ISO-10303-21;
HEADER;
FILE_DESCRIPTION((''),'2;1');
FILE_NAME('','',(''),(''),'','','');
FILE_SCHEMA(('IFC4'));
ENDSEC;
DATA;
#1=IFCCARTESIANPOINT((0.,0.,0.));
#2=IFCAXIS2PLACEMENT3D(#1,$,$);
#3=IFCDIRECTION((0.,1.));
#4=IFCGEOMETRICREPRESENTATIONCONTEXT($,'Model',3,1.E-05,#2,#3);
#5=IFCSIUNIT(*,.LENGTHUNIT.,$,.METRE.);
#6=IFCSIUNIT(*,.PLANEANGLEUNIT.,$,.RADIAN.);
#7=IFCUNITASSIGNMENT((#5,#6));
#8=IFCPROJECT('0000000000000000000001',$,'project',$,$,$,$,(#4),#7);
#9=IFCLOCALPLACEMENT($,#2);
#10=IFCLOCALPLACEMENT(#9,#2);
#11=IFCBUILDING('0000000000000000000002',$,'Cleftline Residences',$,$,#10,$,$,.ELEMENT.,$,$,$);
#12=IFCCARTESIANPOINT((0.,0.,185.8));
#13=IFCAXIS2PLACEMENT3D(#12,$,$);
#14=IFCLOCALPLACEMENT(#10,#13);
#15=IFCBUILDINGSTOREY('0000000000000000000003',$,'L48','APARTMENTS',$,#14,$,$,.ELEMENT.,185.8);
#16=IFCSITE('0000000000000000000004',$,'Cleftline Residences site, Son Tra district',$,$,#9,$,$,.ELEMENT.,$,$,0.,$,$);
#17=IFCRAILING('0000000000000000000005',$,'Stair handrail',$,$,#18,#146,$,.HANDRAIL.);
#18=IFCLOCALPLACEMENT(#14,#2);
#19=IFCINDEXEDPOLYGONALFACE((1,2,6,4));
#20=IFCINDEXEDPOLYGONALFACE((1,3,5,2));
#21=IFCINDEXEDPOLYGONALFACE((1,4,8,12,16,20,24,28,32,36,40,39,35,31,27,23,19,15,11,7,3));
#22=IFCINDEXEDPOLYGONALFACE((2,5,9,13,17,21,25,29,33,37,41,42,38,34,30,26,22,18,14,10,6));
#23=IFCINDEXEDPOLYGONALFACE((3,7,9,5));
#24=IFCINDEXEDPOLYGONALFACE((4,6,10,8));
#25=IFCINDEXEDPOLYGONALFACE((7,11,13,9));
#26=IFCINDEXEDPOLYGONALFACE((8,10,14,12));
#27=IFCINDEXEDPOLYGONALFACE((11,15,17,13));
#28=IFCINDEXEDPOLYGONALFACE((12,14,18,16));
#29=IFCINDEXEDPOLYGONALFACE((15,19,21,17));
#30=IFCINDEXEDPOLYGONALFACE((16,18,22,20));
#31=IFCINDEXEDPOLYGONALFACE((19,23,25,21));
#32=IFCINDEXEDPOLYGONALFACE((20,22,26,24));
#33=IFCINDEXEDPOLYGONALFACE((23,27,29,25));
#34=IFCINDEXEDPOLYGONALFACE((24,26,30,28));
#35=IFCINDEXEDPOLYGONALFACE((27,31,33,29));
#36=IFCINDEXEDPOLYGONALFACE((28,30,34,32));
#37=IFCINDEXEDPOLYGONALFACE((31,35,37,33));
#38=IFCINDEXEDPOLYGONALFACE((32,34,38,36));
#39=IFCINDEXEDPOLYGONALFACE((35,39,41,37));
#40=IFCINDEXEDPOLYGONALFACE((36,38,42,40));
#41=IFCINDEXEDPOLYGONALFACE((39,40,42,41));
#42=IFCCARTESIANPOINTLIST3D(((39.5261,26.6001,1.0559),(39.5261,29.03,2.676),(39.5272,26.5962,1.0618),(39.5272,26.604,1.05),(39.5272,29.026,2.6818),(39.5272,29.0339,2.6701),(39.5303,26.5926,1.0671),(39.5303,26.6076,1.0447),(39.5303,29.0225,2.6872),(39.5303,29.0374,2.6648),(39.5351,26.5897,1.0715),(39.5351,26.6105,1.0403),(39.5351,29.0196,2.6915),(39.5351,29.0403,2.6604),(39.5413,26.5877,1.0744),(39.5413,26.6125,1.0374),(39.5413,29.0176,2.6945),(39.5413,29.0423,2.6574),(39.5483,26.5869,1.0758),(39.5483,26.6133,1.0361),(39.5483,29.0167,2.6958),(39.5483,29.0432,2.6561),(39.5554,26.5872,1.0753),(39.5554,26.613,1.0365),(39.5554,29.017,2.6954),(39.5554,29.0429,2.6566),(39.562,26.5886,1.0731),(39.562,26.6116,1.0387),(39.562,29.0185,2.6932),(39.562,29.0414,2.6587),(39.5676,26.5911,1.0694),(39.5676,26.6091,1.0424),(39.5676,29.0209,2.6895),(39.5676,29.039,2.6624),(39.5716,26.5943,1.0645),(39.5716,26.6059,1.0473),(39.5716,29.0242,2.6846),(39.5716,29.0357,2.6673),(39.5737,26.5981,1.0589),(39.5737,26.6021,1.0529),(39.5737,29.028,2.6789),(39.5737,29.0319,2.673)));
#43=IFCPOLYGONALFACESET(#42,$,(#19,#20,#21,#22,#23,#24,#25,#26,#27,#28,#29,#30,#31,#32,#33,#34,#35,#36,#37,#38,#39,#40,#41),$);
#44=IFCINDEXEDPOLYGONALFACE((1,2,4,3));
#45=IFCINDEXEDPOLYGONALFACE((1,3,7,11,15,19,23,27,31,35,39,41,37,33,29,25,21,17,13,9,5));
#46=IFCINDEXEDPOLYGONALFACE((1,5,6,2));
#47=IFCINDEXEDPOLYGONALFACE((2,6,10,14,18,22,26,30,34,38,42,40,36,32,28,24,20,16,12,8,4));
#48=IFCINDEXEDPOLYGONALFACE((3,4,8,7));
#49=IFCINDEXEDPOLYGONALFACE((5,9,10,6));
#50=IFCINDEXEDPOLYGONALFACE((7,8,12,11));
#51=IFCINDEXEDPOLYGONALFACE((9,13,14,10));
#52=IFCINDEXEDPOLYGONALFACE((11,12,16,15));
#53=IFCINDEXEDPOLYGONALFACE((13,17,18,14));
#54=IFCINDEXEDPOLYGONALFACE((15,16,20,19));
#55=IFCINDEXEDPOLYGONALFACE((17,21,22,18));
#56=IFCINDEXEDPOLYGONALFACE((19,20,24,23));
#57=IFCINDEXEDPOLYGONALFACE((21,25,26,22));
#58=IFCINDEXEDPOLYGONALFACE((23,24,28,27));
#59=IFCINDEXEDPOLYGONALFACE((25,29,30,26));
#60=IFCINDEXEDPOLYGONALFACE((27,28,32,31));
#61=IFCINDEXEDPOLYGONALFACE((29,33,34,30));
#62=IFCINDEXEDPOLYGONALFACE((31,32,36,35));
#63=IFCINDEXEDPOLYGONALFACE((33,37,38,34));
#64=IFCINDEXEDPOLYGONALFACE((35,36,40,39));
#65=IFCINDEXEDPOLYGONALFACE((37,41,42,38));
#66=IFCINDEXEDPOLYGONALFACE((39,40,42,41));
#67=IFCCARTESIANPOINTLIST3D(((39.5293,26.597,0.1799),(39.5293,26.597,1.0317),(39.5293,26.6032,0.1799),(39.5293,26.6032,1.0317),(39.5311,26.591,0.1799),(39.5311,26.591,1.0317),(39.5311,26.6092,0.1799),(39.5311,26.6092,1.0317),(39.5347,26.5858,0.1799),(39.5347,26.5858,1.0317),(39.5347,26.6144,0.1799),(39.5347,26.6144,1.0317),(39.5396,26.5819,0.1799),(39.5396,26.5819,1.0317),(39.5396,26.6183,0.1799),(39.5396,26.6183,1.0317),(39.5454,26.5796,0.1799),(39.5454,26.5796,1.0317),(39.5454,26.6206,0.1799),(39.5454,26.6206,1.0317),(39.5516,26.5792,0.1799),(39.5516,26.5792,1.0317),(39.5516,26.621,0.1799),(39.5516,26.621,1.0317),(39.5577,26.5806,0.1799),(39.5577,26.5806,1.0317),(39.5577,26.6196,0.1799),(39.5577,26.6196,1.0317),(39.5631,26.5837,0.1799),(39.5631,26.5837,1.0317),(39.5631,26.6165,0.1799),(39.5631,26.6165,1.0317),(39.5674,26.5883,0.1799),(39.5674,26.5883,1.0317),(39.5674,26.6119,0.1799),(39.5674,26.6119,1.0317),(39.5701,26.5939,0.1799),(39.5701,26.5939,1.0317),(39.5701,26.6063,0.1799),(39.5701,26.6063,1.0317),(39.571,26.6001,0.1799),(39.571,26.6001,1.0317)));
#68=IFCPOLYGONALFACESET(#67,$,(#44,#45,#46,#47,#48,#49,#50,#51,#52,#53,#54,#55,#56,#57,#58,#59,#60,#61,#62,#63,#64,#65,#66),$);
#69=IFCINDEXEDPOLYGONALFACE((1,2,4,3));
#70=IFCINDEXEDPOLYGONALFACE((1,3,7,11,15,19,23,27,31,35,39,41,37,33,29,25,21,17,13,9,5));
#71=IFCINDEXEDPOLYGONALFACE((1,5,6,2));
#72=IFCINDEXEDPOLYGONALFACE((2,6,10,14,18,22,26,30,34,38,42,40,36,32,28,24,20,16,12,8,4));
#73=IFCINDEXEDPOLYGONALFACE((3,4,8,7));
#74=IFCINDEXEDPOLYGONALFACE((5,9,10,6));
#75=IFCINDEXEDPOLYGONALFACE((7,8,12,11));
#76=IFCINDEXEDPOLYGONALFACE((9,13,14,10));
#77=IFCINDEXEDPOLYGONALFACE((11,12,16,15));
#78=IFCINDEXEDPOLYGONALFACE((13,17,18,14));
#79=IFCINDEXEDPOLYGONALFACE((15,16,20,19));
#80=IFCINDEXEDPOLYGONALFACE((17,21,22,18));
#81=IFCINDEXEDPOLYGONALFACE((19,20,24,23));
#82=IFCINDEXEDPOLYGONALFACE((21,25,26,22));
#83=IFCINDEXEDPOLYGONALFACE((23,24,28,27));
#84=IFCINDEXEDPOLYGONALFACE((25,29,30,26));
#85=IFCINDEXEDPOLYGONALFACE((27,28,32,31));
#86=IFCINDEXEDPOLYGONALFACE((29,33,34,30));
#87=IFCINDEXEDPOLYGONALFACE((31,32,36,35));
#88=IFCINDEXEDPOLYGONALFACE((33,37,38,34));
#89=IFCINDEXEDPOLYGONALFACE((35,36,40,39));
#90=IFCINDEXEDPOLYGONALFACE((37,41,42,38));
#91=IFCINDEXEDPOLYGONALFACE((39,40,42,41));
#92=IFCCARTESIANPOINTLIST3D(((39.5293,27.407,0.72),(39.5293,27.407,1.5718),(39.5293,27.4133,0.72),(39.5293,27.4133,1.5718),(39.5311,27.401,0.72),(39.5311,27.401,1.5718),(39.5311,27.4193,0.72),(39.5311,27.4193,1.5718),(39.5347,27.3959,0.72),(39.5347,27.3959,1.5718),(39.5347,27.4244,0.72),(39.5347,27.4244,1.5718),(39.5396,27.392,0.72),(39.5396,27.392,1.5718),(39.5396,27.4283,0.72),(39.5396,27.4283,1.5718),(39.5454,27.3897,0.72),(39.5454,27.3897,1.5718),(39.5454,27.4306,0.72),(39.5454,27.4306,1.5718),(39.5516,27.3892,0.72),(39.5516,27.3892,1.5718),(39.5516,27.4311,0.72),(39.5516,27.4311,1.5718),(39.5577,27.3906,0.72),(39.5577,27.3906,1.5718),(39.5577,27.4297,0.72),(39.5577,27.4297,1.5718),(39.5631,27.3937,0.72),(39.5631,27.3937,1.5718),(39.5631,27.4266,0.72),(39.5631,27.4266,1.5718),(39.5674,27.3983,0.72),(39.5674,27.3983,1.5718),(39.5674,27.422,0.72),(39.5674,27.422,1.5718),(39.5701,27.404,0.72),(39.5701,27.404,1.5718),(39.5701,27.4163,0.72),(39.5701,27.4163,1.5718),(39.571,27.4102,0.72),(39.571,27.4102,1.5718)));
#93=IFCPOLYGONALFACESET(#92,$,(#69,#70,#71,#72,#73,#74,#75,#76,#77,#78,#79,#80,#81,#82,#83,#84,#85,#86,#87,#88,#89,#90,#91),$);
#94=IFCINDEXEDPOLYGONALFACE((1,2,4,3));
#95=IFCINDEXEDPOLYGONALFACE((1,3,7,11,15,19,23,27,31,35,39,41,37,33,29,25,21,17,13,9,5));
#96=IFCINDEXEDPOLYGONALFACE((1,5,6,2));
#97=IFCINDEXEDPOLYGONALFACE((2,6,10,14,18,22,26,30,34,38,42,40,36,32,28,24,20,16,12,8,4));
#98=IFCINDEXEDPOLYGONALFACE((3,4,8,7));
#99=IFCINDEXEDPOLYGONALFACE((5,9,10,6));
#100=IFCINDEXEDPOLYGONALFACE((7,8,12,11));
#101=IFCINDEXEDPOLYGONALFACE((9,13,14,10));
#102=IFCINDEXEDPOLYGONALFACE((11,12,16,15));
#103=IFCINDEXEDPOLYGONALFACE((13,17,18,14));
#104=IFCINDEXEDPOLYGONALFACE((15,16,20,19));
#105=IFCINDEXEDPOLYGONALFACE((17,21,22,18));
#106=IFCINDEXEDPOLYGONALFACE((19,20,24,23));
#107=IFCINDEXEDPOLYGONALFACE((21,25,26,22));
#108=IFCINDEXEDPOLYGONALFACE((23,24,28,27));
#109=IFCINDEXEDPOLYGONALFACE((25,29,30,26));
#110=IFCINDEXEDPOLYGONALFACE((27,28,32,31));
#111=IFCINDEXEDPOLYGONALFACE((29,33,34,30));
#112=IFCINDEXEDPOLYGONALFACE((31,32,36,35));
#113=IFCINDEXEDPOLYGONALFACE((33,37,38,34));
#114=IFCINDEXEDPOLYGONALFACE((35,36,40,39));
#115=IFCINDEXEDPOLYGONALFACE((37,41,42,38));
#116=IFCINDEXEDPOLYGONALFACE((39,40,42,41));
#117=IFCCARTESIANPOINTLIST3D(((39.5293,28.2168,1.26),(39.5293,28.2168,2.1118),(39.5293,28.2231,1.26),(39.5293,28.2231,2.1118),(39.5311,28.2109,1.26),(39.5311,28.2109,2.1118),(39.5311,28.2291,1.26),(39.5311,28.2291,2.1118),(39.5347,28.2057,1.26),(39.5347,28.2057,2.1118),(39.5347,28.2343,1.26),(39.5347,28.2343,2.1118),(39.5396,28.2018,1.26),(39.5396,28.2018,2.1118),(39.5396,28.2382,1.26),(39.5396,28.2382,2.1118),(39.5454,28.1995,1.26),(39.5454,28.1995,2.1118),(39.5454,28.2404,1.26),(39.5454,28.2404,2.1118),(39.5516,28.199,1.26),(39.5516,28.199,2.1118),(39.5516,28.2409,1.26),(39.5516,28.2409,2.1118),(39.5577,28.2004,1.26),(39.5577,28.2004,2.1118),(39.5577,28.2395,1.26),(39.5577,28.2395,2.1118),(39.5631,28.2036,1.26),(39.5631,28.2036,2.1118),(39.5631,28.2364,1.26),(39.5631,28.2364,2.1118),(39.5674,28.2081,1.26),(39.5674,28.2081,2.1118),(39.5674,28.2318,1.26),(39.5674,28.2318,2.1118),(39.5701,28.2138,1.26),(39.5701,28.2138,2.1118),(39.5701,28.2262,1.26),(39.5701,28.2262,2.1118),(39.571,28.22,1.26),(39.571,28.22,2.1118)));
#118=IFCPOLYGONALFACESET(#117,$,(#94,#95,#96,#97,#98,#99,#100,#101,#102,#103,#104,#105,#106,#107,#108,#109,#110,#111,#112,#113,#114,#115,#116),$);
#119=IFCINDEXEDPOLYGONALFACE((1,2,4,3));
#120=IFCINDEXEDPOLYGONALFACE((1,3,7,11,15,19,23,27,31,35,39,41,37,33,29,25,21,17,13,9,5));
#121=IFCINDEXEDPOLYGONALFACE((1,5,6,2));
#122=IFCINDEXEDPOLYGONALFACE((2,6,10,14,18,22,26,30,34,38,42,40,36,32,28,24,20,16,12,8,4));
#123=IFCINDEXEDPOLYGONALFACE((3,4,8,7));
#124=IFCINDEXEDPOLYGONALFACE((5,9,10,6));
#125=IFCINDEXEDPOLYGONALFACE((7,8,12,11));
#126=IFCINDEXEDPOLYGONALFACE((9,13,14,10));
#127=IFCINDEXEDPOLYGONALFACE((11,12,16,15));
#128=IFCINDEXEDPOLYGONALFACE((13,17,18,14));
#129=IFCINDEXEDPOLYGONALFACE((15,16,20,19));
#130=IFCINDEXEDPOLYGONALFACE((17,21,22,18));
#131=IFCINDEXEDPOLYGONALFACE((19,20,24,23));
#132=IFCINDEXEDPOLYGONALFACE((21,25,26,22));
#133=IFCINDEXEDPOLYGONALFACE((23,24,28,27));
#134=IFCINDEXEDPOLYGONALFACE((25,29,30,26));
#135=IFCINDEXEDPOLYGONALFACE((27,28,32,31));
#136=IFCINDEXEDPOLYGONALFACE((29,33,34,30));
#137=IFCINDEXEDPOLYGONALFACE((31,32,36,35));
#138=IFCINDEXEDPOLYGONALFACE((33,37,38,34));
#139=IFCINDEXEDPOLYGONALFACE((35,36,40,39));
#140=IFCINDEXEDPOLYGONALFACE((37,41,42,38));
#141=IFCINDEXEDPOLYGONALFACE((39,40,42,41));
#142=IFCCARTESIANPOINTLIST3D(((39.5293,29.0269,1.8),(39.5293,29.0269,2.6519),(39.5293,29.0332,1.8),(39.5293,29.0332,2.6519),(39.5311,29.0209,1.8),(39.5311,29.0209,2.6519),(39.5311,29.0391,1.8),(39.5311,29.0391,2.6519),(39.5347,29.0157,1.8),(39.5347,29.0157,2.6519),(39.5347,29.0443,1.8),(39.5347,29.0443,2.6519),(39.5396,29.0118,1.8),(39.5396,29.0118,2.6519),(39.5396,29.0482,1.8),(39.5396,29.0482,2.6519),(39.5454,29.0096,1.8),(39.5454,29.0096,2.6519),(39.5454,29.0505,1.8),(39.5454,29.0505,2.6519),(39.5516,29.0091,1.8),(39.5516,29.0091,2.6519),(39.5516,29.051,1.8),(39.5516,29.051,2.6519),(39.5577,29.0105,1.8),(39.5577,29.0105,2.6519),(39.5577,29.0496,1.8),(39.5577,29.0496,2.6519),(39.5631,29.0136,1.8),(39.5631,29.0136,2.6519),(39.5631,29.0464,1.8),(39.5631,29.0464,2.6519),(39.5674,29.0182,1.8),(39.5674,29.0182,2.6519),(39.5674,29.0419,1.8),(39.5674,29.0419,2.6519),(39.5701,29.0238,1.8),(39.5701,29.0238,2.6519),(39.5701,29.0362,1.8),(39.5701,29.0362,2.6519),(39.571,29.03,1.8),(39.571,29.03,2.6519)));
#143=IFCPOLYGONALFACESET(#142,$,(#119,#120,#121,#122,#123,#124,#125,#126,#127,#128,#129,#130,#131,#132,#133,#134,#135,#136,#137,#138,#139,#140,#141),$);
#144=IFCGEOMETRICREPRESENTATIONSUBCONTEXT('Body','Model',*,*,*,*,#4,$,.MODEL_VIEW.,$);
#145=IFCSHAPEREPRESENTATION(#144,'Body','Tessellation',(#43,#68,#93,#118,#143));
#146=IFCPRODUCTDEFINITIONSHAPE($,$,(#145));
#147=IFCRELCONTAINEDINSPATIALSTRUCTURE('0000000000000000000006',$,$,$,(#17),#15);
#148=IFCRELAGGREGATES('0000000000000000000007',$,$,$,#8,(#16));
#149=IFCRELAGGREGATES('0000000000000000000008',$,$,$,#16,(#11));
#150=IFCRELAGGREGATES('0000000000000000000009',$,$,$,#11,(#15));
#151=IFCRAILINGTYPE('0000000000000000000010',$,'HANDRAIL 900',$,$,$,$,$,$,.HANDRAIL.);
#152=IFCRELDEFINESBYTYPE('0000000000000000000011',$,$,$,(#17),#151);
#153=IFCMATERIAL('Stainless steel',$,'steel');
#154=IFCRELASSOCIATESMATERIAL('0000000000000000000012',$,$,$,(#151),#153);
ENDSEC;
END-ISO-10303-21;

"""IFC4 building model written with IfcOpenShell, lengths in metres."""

from ifc_helpers import new_model, si_unit, direction, frame, origin, origin_2d, place, context, subcontext, project, spatial, circle, extrude, material, type_object, element, save


model = new_model("IFC4")

# Units and contexts
model_context = context("Model", 3, precision=1e-05, world=origin(), true_north=direction((0.0, 1.0)))
body_context = subcontext(model_context, "Body", "Model", "MODEL_VIEW")
ifc_project = project(units=[si_unit("LENGTHUNIT", "METRE"), si_unit("PLANEANGLEUNIT", "RADIAN")], contexts=[model_context])

# Site, building, storey
site_placement = place(None, origin())
site = spatial("IfcSite", under=ifc_project, at=site_placement, Name="Cleftline Residences site, Son Tra district", CompositionType="ELEMENT", RefElevation=0.0)
building_placement = place(site_placement, origin())
building = spatial("IfcBuilding", under=site, at=building_placement, Name="Cleftline Residences", CompositionType="ELEMENT")
storey_placement = place(building_placement, frame((0.0, 0.0, 185.8)))
storey = spatial("IfcBuildingStorey", under=building, at=storey_placement, Name="L48", Description="APARTMENTS", CompositionType="ELEMENT", Elevation=185.8)

# Railing
ifc_material_1 = material(Name="Stainless steel", Category="steel")
railing_type = type_object("IfcRailingType", Name="HANDRAIL 900", PredefinedType="HANDRAIL", material=ifc_material_1)
railing_1_placement = place(storey_placement, frame((39.55, 26.6001, 0.1799)))
element("IfcRailing", 1, at=railing_1_placement, inside=storey, type_object=railing_type, Name="Stair handrail", PredefinedType="HANDRAIL", context=body_context, shape_type="SweptSolid", body=[
    extrude(circle(Radius=0.0239, at=origin_2d()), frame((0.0, 0.0, 0.876), z_axis=(0.0, 0.832025, 0.554739), x_axis=(-1.0, 0.0, 0.0)), (0.0, 0.0, 1.0), 2.9204),
    extrude(circle(Radius=0.021, at=origin_2d()), origin(), (0.0, 0.0, 1.0), 0.8518),
    extrude(circle(Radius=0.021, at=origin_2d()), frame((0.0, 0.8101, 0.54)), (0.0, 0.0, 1.0), 0.8518),
    extrude(circle(Radius=0.021, at=origin_2d()), frame((0.0, 1.6199, 1.0801)), (0.0, 0.0, 1.0), 0.8518),
    extrude(circle(Radius=0.021, at=origin_2d()), frame((0.0, 2.4299, 1.6201)), (0.0, 0.0, 1.0), 0.8518),
])

save(model, "model.ifc")
